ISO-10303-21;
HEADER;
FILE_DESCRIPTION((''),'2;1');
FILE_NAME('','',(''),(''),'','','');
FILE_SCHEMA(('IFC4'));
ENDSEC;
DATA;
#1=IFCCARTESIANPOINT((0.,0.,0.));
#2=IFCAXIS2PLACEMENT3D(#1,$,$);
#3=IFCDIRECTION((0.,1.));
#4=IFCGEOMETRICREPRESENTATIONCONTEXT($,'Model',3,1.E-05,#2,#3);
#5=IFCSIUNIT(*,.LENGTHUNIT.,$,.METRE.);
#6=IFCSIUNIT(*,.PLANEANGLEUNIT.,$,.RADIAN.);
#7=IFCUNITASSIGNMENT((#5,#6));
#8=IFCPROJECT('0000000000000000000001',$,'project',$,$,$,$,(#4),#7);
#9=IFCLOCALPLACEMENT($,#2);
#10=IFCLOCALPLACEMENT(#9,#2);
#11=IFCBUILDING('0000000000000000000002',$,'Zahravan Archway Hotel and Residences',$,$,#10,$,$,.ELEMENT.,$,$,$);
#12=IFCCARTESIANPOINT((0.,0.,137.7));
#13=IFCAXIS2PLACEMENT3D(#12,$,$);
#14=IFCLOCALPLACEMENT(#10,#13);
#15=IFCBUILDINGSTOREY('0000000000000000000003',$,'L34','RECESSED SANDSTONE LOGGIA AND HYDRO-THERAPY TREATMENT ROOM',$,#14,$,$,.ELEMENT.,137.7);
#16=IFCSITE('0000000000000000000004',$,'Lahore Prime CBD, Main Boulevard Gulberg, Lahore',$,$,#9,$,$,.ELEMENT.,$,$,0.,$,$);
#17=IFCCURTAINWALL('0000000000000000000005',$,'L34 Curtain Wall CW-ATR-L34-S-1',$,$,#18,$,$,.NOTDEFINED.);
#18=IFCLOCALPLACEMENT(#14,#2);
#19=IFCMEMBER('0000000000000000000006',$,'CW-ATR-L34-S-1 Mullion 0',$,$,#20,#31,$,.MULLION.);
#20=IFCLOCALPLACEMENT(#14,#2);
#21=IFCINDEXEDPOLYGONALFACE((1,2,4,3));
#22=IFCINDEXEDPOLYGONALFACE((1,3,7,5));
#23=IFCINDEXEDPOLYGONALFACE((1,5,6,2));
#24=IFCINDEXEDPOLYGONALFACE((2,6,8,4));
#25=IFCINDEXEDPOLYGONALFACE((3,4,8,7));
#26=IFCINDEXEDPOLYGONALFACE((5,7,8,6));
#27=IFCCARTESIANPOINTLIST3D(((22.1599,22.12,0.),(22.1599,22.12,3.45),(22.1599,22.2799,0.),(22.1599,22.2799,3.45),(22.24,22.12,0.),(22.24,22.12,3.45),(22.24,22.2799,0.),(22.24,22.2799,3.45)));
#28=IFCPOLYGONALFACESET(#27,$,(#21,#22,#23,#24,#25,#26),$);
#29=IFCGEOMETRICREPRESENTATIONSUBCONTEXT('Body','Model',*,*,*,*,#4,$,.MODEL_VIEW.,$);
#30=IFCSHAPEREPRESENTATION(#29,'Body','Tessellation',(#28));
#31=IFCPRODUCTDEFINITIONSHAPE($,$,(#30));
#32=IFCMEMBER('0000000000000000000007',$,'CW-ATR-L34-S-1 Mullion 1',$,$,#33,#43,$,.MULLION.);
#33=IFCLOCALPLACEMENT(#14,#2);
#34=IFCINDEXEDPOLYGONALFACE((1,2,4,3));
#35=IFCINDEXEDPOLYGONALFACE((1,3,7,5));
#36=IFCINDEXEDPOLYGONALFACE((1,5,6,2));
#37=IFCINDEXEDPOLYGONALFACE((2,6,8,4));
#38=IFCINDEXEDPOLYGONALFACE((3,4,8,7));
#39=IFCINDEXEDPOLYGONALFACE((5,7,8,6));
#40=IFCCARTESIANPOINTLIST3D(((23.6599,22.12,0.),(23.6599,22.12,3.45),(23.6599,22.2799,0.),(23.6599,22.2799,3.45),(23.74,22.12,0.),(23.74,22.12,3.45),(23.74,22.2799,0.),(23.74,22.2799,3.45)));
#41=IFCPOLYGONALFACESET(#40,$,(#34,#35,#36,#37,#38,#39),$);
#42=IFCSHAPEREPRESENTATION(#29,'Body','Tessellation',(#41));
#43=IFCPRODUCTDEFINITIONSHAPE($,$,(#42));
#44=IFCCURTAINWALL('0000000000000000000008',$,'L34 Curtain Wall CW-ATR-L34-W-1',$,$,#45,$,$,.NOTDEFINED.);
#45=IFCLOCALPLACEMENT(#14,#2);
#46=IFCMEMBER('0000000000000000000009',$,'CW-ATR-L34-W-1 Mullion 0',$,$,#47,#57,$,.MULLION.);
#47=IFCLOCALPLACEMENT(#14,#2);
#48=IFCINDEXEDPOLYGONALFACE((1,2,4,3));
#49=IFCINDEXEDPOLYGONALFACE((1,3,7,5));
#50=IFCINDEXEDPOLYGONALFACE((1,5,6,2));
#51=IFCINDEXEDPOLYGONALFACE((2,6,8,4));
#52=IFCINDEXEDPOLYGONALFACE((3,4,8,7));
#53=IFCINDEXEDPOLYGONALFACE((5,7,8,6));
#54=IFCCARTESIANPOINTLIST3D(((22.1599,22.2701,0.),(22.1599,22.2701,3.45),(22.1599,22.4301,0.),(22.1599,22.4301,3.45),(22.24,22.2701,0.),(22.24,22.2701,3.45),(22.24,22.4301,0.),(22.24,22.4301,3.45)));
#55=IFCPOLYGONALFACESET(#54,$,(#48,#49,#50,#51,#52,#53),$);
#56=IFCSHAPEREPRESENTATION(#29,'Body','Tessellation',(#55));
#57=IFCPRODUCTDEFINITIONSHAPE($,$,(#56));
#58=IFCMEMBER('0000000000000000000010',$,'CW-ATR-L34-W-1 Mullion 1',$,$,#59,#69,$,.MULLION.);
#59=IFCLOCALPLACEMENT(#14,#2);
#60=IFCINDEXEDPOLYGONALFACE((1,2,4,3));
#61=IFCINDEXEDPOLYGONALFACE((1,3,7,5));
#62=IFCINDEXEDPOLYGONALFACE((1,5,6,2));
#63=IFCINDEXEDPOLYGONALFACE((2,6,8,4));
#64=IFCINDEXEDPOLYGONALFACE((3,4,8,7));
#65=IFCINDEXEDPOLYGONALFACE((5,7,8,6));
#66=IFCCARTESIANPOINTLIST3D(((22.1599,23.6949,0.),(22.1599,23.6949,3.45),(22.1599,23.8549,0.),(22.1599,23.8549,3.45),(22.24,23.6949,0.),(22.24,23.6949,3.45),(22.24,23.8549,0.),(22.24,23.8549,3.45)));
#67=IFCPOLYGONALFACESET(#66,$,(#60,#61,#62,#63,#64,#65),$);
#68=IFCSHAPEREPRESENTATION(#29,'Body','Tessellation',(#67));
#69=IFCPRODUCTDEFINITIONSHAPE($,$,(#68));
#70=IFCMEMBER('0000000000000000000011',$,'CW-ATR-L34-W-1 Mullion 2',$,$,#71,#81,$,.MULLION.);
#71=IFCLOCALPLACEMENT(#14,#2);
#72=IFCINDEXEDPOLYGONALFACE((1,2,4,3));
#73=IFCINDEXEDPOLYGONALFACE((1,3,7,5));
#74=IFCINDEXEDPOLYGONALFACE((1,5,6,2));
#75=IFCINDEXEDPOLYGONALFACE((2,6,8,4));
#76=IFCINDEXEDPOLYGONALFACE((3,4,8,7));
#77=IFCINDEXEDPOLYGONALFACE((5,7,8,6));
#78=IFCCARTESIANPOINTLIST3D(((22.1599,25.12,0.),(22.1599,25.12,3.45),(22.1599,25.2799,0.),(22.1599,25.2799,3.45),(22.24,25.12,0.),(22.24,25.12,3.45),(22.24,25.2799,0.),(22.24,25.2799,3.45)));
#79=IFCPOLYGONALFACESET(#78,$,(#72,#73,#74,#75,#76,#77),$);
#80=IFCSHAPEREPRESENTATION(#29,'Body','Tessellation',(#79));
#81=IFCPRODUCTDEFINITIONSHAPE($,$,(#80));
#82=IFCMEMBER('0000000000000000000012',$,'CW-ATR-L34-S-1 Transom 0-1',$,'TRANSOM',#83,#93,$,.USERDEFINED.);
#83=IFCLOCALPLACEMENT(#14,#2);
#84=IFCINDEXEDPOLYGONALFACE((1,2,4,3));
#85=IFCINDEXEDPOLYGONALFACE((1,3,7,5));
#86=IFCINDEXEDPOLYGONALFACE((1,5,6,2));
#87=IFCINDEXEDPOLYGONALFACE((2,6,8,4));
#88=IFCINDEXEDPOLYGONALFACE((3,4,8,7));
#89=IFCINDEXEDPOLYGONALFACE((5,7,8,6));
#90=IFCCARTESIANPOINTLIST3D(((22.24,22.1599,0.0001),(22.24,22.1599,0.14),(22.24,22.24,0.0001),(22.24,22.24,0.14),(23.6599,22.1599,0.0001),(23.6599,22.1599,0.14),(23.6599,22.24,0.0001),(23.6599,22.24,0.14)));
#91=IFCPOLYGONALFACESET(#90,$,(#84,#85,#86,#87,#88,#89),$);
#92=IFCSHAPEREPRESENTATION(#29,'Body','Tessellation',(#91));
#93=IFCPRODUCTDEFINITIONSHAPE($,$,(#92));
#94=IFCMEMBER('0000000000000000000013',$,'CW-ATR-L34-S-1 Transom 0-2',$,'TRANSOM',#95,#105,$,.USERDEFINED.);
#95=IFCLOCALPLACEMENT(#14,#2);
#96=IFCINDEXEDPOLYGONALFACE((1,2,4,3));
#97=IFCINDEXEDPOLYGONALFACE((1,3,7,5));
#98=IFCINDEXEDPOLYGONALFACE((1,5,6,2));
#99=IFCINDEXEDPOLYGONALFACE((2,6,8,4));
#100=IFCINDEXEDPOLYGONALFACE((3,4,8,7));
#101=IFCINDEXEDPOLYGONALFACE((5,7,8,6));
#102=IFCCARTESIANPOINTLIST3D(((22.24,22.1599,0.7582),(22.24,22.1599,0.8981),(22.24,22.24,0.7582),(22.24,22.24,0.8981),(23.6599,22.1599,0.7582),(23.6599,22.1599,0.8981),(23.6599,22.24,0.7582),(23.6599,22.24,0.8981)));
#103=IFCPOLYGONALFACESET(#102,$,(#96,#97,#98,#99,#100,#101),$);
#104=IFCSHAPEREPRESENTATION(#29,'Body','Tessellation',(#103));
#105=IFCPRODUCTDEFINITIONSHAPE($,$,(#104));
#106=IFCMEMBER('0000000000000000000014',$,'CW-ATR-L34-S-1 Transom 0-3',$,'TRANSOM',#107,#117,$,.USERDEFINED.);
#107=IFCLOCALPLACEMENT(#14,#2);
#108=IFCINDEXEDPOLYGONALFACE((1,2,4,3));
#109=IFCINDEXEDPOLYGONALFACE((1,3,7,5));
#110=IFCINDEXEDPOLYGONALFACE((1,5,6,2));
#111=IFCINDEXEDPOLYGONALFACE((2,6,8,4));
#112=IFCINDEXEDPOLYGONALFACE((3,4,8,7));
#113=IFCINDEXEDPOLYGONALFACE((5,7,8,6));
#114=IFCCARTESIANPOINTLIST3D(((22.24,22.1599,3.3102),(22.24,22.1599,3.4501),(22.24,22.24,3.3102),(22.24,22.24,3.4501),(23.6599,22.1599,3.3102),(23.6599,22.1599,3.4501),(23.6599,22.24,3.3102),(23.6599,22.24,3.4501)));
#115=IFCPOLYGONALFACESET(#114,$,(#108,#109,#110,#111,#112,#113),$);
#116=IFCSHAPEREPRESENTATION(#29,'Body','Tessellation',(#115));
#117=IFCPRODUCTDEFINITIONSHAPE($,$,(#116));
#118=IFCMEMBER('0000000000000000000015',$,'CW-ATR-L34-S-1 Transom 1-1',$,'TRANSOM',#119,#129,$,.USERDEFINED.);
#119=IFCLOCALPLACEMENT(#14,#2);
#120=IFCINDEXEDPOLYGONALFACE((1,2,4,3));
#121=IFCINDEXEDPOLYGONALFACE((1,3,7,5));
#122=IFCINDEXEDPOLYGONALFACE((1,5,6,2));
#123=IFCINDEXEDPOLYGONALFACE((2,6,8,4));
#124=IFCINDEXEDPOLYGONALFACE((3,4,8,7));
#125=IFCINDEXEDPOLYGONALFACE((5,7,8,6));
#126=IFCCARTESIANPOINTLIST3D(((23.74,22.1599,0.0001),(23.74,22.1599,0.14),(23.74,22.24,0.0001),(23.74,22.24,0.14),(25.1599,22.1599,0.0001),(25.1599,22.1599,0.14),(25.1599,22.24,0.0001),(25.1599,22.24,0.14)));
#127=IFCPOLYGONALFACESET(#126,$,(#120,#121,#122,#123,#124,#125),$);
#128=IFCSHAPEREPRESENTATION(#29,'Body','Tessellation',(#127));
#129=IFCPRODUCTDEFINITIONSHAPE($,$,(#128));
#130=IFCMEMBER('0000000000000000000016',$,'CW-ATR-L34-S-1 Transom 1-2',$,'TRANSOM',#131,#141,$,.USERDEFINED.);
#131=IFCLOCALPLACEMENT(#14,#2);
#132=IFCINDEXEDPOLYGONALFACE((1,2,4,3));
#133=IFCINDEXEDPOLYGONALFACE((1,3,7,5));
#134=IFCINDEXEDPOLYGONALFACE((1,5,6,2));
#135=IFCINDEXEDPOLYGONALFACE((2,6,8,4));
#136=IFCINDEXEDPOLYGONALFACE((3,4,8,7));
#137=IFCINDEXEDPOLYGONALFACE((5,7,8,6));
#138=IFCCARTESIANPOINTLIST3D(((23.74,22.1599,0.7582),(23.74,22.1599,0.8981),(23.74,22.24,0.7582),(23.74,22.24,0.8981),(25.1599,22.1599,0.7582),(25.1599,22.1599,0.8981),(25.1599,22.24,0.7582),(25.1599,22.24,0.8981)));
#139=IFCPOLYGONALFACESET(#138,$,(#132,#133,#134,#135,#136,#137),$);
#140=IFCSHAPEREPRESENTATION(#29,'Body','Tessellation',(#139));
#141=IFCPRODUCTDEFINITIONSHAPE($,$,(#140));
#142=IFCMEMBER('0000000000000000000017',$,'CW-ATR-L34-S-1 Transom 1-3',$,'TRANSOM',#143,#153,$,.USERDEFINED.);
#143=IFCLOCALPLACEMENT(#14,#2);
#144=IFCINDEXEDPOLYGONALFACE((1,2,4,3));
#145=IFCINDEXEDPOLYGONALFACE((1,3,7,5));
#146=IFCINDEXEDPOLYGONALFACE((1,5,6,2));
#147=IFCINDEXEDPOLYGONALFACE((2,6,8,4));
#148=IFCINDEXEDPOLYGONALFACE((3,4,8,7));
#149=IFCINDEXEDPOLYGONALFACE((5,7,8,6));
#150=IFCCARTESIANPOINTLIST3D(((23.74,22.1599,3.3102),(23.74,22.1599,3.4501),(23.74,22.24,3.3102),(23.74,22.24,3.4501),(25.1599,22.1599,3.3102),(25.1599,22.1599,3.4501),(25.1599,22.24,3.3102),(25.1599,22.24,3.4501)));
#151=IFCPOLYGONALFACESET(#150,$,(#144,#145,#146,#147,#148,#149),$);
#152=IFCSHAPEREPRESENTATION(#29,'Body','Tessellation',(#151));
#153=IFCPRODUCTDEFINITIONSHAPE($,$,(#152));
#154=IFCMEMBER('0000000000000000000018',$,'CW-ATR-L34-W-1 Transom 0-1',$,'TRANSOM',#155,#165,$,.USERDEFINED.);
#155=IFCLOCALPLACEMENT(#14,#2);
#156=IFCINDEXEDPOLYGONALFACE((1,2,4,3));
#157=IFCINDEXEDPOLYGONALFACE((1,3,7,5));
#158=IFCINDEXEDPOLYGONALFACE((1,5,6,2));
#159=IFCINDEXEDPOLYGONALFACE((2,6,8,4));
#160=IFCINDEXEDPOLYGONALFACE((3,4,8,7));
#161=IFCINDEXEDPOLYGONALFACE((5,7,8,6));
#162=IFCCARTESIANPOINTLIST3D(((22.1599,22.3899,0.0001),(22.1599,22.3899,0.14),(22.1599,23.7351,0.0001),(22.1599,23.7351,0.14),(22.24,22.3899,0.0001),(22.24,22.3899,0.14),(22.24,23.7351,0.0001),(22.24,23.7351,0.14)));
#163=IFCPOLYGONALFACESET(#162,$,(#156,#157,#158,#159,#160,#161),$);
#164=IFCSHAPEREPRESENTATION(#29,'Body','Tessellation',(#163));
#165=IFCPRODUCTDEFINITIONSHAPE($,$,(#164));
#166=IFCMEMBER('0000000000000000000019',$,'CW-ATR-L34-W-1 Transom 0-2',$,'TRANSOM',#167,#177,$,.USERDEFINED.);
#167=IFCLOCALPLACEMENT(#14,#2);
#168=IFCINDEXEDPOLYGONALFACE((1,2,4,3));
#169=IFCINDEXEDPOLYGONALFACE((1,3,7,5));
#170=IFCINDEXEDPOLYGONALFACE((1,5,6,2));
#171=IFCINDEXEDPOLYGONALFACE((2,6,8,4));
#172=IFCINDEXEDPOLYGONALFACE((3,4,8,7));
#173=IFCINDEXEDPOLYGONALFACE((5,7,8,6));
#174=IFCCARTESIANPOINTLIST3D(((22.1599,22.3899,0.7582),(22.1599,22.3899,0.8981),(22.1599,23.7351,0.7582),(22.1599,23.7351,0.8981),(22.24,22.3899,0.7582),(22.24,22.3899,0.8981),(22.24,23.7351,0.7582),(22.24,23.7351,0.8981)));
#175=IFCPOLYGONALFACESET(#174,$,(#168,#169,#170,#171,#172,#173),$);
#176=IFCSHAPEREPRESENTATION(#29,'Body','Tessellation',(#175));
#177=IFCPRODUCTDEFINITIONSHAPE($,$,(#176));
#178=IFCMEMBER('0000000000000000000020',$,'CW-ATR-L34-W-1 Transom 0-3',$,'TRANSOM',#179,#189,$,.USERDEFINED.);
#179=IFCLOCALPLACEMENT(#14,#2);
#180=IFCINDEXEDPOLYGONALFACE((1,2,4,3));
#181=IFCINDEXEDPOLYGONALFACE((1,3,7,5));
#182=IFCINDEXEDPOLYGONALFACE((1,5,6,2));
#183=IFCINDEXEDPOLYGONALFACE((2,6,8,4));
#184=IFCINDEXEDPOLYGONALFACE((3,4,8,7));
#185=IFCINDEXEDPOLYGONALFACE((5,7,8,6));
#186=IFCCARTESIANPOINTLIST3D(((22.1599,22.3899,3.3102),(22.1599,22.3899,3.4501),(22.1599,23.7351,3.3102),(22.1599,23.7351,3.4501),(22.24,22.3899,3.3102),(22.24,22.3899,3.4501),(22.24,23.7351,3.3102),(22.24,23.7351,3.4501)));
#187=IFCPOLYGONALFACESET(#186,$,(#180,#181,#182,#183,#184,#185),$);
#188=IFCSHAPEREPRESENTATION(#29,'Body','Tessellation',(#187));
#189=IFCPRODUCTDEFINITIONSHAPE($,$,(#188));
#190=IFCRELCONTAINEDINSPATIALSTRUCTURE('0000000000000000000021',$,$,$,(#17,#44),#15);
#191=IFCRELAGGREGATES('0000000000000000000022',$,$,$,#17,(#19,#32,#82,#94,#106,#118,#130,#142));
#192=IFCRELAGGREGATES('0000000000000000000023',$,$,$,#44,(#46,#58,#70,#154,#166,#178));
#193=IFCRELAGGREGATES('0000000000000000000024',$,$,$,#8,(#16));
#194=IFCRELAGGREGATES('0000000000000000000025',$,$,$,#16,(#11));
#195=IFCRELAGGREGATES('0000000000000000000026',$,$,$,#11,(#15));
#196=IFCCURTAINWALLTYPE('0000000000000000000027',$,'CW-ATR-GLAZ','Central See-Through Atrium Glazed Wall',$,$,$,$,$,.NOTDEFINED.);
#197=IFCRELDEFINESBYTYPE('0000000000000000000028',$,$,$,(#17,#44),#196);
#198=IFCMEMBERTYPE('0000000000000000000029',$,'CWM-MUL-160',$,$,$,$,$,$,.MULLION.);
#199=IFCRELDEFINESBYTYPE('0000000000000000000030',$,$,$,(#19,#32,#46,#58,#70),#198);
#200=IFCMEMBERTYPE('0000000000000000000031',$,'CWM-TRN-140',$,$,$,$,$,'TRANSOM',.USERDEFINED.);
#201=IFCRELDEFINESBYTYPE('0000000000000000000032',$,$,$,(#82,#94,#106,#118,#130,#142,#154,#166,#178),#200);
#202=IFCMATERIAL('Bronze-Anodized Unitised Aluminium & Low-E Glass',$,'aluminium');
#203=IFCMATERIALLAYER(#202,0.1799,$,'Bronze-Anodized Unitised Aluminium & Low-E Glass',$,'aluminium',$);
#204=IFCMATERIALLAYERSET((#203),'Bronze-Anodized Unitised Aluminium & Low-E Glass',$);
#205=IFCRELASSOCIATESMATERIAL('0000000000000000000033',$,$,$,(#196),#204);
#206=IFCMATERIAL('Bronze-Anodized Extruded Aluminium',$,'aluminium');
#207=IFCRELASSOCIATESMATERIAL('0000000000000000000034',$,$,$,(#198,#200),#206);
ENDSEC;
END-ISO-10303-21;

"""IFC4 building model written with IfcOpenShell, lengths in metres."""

from ifc_helpers import new_model, si_unit, direction, frame, origin, origin_2d, place, context, subcontext, project, spatial, rectangle, extrude, source, transform, mapped, material, layer, layer_set, material_profile, profile_set, type_object, element, aggregate, save


model = new_model("IFC4")

# Units and contexts
model_context = context("Model", 3, precision=1e-05, world=origin(), true_north=direction((0.0, 1.0)))
body_context = subcontext(model_context, "Body", "Model", "MODEL_VIEW")
ifc_project = project(units=[si_unit("LENGTHUNIT", "METRE"), si_unit("PLANEANGLEUNIT", "RADIAN")], contexts=[model_context])

# Site, building, storey
site_placement = place(None, origin())
site = spatial("IfcSite", under=ifc_project, at=site_placement, Name="Lahore Prime CBD, Main Boulevard Gulberg, Lahore", CompositionType="ELEMENT", RefElevation=0.0)
building_placement = place(site_placement, origin())
building = spatial("IfcBuilding", under=site, at=building_placement, Name="Zahravan Archway Hotel and Residences", CompositionType="ELEMENT")
storey_placement = place(building_placement, frame((0.0, 0.0, 137.7)))
storey = spatial("IfcBuildingStorey", under=building, at=storey_placement, Name="L34", Description="RECESSED SANDSTONE LOGGIA AND HYDRO-THERAPY TREATMENT ROOM", CompositionType="ELEMENT", Elevation=137.7)

# Curtain walls, members
ifc_material_1 = material(Name="Bronze-Anodized Unitised Aluminium & Low-E Glass", Category="aluminium")
ifc_layer_1 = layer(ifc_material_1, 0.1799, Name="Bronze-Anodized Unitised Aluminium & Low-E Glass", Category="aluminium")
ifc_layer_set_1 = layer_set([ifc_layer_1], Name="Bronze-Anodized Unitised Aluminium & Low-E Glass")
curtain_wall_type = type_object("IfcCurtainWallType", Name="CW-ATR-GLAZ", Description="Central See-Through Atrium Glazed Wall", PredefinedType="NOTDEFINED", material=ifc_layer_set_1)
curtain_wall_1_placement = place(storey_placement, origin())
curtain_wall_1 = element("IfcCurtainWall", 1, at=curtain_wall_1_placement, inside=storey, type_object=curtain_wall_type, Name="L34 Curtain Wall CW-ATR-L34-S-1", PredefinedType="NOTDEFINED")
ifc_material_2 = material(Name="Bronze-Anodized Extruded Aluminium", Category="aluminium")
ifc_material_profile_1 = material_profile(ifc_material_2, rectangle(XDim=0.0801, YDim=0.1599, at=origin_2d()), Name="MUL 80x160", Category="aluminium")
ifc_profile_set_1 = profile_set([ifc_material_profile_1], Name="Bronze-Anodized Extruded Aluminium")
member_type_1 = type_object("IfcMemberType", Name="CWM-MUL-160", PredefinedType="MULLION", material=ifc_profile_set_1)
shared_shape_1 = source(origin(), body_context, "Body", "SweptSolid", [
    extrude(rectangle(XDim=0.0801, YDim=0.1599, at=origin_2d()), origin(), (0.0, 0.0, 1.0), 3.45),
])
member_1_placement = place(storey_placement, frame((22.2, 22.2, 0.0), z_axis=(0.0, 0.0, 1.0), x_axis=(1.0, 0.0, 0.0)))
member_1 = element("IfcMember", 2, at=member_1_placement, type_object=member_type_1, Name="CW-ATR-L34-S-1 Mullion 0", PredefinedType="MULLION", context=body_context, shape_type="MappedRepresentation", body=[
    mapped(shared_shape_1, transform((0.0, 0.0, 0.0), scale=1.0)),
])
member_2_placement = place(storey_placement, frame((23.7, 22.2, 0.0), z_axis=(0.0, 0.0, 1.0), x_axis=(1.0, 0.0, 0.0)))
member_2 = element("IfcMember", 3, at=member_2_placement, type_object=member_type_1, Name="CW-ATR-L34-S-1 Mullion 1", PredefinedType="MULLION", context=body_context, shape_type="MappedRepresentation", body=[
    mapped(shared_shape_1, transform((0.0, 0.0, 0.0), scale=1.0)),
])
curtain_wall_2_placement = place(storey_placement, origin())
curtain_wall_2 = element("IfcCurtainWall", 4, at=curtain_wall_2_placement, inside=storey, type_object=curtain_wall_type, Name="L34 Curtain Wall CW-ATR-L34-W-1", PredefinedType="NOTDEFINED")
member_3_placement = place(storey_placement, frame((22.2, 22.3501, 0.0), z_axis=(0.0, 0.0, 1.0), x_axis=(1.0, 0.0, 0.0)))
member_3 = element("IfcMember", 5, at=member_3_placement, type_object=member_type_1, Name="CW-ATR-L34-W-1 Mullion 0", PredefinedType="MULLION", context=body_context, shape_type="MappedRepresentation", body=[
    mapped(shared_shape_1, transform((0.0, 0.0, 0.0), scale=1.0)),
])
member_4_placement = place(storey_placement, frame((22.2, 23.7749, 0.0), z_axis=(0.0, 0.0, 1.0), x_axis=(1.0, 0.0, 0.0)))
member_4 = element("IfcMember", 6, at=member_4_placement, type_object=member_type_1, Name="CW-ATR-L34-W-1 Mullion 1", PredefinedType="MULLION", context=body_context, shape_type="MappedRepresentation", body=[
    mapped(shared_shape_1, transform((0.0, 0.0, 0.0), scale=1.0)),
])
member_5_placement = place(storey_placement, frame((22.2, 25.2, 0.0), z_axis=(0.0, 0.0, 1.0), x_axis=(1.0, 0.0, 0.0)))
member_5 = element("IfcMember", 7, at=member_5_placement, type_object=member_type_1, Name="CW-ATR-L34-W-1 Mullion 2", PredefinedType="MULLION", context=body_context, shape_type="MappedRepresentation", body=[
    mapped(shared_shape_1, transform((0.0, 0.0, 0.0), scale=1.0)),
])

# Members
ifc_material_profile_2 = material_profile(ifc_material_2, rectangle(XDim=0.0801, YDim=0.1399, at=origin_2d()), Name="TRN 80x140", Category="aluminium")
ifc_profile_set_2 = profile_set([ifc_material_profile_2], Name="Bronze-Anodized Extruded Aluminium")
member_type_2 = type_object("IfcMemberType", Name="CWM-TRN-140", ElementType="TRANSOM", PredefinedType="USERDEFINED", material=ifc_profile_set_2)
shared_shape_2 = source(origin(), body_context, "Body", "SweptSolid", [
    extrude(rectangle(XDim=0.0801, YDim=0.1399, at=origin_2d()), origin(), (0.0, 0.0, 1.0), 1.4199),
])
member_6_placement = place(storey_placement, frame((22.24, 22.2, 0.0701), z_axis=(1.0, 0.0, 0.0), x_axis=(0.0, 1.0, 0.0)))
member_6 = element("IfcMember", 8, at=member_6_placement, type_object=member_type_2, Name="CW-ATR-L34-S-1 Transom 0-1", ObjectType="TRANSOM", PredefinedType="USERDEFINED", context=body_context, shape_type="MappedRepresentation", body=[
    mapped(shared_shape_2, transform((0.0, 0.0, 0.0), scale=1.0)),
])
member_7_placement = place(storey_placement, frame((22.24, 22.2, 0.8281), z_axis=(1.0, 0.0, 0.0), x_axis=(0.0, 1.0, 0.0)))
member_7 = element("IfcMember", 9, at=member_7_placement, type_object=member_type_2, Name="CW-ATR-L34-S-1 Transom 0-2", ObjectType="TRANSOM", PredefinedType="USERDEFINED", context=body_context, shape_type="MappedRepresentation", body=[
    mapped(shared_shape_2, transform((0.0, 0.0, 0.0), scale=1.0)),
])
member_8_placement = place(storey_placement, frame((22.24, 22.2, 3.3801), z_axis=(1.0, 0.0, 0.0), x_axis=(0.0, 1.0, 0.0)))
member_8 = element("IfcMember", 10, at=member_8_placement, type_object=member_type_2, Name="CW-ATR-L34-S-1 Transom 0-3", ObjectType="TRANSOM", PredefinedType="USERDEFINED", context=body_context, shape_type="MappedRepresentation", body=[
    mapped(shared_shape_2, transform((0.0, 0.0, 0.0), scale=1.0)),
])
member_9_placement = place(storey_placement, frame((23.74, 22.2, 0.0701), z_axis=(1.0, 0.0, 0.0), x_axis=(0.0, 1.0, 0.0)))
member_9 = element("IfcMember", 11, at=member_9_placement, type_object=member_type_2, Name="CW-ATR-L34-S-1 Transom 1-1", ObjectType="TRANSOM", PredefinedType="USERDEFINED", context=body_context, shape_type="MappedRepresentation", body=[
    mapped(shared_shape_2, transform((0.0, 0.0, 0.0), scale=1.0)),
])
member_10_placement = place(storey_placement, frame((23.74, 22.2, 0.8281), z_axis=(1.0, 0.0, 0.0), x_axis=(0.0, 1.0, 0.0)))
member_10 = element("IfcMember", 12, at=member_10_placement, type_object=member_type_2, Name="CW-ATR-L34-S-1 Transom 1-2", ObjectType="TRANSOM", PredefinedType="USERDEFINED", context=body_context, shape_type="MappedRepresentation", body=[
    mapped(shared_shape_2, transform((0.0, 0.0, 0.0), scale=1.0)),
])
member_11_placement = place(storey_placement, frame((23.74, 22.2, 3.3801), z_axis=(1.0, 0.0, 0.0), x_axis=(0.0, 1.0, 0.0)))
member_11 = element("IfcMember", 13, at=member_11_placement, type_object=member_type_2, Name="CW-ATR-L34-S-1 Transom 1-3", ObjectType="TRANSOM", PredefinedType="USERDEFINED", context=body_context, shape_type="MappedRepresentation", body=[
    mapped(shared_shape_2, transform((0.0, 0.0, 0.0), scale=1.0)),
])
shared_shape_3 = source(origin(), body_context, "Body", "SweptSolid", [
    extrude(rectangle(XDim=0.0801, YDim=0.1399, at=origin_2d()), origin(), (0.0, 0.0, 1.0), 1.3452),
])
member_12_placement = place(storey_placement, frame((22.2, 22.3899, 0.0701), z_axis=(0.0, 1.0, 0.0), x_axis=(-1.0, 0.0, 0.0)))
member_12 = element("IfcMember", 14, at=member_12_placement, type_object=member_type_2, Name="CW-ATR-L34-W-1 Transom 0-1", ObjectType="TRANSOM", PredefinedType="USERDEFINED", context=body_context, shape_type="MappedRepresentation", body=[
    mapped(shared_shape_3, transform((0.0, 0.0, 0.0), scale=1.0)),
])
member_13_placement = place(storey_placement, frame((22.2, 22.3899, 0.8281), z_axis=(0.0, 1.0, 0.0), x_axis=(-1.0, 0.0, 0.0)))
member_13 = element("IfcMember", 15, at=member_13_placement, type_object=member_type_2, Name="CW-ATR-L34-W-1 Transom 0-2", ObjectType="TRANSOM", PredefinedType="USERDEFINED", context=body_context, shape_type="MappedRepresentation", body=[
    mapped(shared_shape_3, transform((0.0, 0.0, 0.0), scale=1.0)),
])
member_14_placement = place(storey_placement, frame((22.2, 22.3899, 3.3801), z_axis=(0.0, 1.0, 0.0), x_axis=(-1.0, 0.0, 0.0)))
member_14 = element("IfcMember", 16, at=member_14_placement, type_object=member_type_2, Name="CW-ATR-L34-W-1 Transom 0-3", ObjectType="TRANSOM", PredefinedType="USERDEFINED", context=body_context, shape_type="MappedRepresentation", body=[
    mapped(shared_shape_3, transform((0.0, 0.0, 0.0), scale=1.0)),
])

aggregate(curtain_wall_1, [member_1, member_2, member_6, member_7, member_8, member_9, member_10, member_11])
aggregate(curtain_wall_2, [member_3, member_4, member_5, member_12, member_13, member_14])

save(model, "model.ifc")
